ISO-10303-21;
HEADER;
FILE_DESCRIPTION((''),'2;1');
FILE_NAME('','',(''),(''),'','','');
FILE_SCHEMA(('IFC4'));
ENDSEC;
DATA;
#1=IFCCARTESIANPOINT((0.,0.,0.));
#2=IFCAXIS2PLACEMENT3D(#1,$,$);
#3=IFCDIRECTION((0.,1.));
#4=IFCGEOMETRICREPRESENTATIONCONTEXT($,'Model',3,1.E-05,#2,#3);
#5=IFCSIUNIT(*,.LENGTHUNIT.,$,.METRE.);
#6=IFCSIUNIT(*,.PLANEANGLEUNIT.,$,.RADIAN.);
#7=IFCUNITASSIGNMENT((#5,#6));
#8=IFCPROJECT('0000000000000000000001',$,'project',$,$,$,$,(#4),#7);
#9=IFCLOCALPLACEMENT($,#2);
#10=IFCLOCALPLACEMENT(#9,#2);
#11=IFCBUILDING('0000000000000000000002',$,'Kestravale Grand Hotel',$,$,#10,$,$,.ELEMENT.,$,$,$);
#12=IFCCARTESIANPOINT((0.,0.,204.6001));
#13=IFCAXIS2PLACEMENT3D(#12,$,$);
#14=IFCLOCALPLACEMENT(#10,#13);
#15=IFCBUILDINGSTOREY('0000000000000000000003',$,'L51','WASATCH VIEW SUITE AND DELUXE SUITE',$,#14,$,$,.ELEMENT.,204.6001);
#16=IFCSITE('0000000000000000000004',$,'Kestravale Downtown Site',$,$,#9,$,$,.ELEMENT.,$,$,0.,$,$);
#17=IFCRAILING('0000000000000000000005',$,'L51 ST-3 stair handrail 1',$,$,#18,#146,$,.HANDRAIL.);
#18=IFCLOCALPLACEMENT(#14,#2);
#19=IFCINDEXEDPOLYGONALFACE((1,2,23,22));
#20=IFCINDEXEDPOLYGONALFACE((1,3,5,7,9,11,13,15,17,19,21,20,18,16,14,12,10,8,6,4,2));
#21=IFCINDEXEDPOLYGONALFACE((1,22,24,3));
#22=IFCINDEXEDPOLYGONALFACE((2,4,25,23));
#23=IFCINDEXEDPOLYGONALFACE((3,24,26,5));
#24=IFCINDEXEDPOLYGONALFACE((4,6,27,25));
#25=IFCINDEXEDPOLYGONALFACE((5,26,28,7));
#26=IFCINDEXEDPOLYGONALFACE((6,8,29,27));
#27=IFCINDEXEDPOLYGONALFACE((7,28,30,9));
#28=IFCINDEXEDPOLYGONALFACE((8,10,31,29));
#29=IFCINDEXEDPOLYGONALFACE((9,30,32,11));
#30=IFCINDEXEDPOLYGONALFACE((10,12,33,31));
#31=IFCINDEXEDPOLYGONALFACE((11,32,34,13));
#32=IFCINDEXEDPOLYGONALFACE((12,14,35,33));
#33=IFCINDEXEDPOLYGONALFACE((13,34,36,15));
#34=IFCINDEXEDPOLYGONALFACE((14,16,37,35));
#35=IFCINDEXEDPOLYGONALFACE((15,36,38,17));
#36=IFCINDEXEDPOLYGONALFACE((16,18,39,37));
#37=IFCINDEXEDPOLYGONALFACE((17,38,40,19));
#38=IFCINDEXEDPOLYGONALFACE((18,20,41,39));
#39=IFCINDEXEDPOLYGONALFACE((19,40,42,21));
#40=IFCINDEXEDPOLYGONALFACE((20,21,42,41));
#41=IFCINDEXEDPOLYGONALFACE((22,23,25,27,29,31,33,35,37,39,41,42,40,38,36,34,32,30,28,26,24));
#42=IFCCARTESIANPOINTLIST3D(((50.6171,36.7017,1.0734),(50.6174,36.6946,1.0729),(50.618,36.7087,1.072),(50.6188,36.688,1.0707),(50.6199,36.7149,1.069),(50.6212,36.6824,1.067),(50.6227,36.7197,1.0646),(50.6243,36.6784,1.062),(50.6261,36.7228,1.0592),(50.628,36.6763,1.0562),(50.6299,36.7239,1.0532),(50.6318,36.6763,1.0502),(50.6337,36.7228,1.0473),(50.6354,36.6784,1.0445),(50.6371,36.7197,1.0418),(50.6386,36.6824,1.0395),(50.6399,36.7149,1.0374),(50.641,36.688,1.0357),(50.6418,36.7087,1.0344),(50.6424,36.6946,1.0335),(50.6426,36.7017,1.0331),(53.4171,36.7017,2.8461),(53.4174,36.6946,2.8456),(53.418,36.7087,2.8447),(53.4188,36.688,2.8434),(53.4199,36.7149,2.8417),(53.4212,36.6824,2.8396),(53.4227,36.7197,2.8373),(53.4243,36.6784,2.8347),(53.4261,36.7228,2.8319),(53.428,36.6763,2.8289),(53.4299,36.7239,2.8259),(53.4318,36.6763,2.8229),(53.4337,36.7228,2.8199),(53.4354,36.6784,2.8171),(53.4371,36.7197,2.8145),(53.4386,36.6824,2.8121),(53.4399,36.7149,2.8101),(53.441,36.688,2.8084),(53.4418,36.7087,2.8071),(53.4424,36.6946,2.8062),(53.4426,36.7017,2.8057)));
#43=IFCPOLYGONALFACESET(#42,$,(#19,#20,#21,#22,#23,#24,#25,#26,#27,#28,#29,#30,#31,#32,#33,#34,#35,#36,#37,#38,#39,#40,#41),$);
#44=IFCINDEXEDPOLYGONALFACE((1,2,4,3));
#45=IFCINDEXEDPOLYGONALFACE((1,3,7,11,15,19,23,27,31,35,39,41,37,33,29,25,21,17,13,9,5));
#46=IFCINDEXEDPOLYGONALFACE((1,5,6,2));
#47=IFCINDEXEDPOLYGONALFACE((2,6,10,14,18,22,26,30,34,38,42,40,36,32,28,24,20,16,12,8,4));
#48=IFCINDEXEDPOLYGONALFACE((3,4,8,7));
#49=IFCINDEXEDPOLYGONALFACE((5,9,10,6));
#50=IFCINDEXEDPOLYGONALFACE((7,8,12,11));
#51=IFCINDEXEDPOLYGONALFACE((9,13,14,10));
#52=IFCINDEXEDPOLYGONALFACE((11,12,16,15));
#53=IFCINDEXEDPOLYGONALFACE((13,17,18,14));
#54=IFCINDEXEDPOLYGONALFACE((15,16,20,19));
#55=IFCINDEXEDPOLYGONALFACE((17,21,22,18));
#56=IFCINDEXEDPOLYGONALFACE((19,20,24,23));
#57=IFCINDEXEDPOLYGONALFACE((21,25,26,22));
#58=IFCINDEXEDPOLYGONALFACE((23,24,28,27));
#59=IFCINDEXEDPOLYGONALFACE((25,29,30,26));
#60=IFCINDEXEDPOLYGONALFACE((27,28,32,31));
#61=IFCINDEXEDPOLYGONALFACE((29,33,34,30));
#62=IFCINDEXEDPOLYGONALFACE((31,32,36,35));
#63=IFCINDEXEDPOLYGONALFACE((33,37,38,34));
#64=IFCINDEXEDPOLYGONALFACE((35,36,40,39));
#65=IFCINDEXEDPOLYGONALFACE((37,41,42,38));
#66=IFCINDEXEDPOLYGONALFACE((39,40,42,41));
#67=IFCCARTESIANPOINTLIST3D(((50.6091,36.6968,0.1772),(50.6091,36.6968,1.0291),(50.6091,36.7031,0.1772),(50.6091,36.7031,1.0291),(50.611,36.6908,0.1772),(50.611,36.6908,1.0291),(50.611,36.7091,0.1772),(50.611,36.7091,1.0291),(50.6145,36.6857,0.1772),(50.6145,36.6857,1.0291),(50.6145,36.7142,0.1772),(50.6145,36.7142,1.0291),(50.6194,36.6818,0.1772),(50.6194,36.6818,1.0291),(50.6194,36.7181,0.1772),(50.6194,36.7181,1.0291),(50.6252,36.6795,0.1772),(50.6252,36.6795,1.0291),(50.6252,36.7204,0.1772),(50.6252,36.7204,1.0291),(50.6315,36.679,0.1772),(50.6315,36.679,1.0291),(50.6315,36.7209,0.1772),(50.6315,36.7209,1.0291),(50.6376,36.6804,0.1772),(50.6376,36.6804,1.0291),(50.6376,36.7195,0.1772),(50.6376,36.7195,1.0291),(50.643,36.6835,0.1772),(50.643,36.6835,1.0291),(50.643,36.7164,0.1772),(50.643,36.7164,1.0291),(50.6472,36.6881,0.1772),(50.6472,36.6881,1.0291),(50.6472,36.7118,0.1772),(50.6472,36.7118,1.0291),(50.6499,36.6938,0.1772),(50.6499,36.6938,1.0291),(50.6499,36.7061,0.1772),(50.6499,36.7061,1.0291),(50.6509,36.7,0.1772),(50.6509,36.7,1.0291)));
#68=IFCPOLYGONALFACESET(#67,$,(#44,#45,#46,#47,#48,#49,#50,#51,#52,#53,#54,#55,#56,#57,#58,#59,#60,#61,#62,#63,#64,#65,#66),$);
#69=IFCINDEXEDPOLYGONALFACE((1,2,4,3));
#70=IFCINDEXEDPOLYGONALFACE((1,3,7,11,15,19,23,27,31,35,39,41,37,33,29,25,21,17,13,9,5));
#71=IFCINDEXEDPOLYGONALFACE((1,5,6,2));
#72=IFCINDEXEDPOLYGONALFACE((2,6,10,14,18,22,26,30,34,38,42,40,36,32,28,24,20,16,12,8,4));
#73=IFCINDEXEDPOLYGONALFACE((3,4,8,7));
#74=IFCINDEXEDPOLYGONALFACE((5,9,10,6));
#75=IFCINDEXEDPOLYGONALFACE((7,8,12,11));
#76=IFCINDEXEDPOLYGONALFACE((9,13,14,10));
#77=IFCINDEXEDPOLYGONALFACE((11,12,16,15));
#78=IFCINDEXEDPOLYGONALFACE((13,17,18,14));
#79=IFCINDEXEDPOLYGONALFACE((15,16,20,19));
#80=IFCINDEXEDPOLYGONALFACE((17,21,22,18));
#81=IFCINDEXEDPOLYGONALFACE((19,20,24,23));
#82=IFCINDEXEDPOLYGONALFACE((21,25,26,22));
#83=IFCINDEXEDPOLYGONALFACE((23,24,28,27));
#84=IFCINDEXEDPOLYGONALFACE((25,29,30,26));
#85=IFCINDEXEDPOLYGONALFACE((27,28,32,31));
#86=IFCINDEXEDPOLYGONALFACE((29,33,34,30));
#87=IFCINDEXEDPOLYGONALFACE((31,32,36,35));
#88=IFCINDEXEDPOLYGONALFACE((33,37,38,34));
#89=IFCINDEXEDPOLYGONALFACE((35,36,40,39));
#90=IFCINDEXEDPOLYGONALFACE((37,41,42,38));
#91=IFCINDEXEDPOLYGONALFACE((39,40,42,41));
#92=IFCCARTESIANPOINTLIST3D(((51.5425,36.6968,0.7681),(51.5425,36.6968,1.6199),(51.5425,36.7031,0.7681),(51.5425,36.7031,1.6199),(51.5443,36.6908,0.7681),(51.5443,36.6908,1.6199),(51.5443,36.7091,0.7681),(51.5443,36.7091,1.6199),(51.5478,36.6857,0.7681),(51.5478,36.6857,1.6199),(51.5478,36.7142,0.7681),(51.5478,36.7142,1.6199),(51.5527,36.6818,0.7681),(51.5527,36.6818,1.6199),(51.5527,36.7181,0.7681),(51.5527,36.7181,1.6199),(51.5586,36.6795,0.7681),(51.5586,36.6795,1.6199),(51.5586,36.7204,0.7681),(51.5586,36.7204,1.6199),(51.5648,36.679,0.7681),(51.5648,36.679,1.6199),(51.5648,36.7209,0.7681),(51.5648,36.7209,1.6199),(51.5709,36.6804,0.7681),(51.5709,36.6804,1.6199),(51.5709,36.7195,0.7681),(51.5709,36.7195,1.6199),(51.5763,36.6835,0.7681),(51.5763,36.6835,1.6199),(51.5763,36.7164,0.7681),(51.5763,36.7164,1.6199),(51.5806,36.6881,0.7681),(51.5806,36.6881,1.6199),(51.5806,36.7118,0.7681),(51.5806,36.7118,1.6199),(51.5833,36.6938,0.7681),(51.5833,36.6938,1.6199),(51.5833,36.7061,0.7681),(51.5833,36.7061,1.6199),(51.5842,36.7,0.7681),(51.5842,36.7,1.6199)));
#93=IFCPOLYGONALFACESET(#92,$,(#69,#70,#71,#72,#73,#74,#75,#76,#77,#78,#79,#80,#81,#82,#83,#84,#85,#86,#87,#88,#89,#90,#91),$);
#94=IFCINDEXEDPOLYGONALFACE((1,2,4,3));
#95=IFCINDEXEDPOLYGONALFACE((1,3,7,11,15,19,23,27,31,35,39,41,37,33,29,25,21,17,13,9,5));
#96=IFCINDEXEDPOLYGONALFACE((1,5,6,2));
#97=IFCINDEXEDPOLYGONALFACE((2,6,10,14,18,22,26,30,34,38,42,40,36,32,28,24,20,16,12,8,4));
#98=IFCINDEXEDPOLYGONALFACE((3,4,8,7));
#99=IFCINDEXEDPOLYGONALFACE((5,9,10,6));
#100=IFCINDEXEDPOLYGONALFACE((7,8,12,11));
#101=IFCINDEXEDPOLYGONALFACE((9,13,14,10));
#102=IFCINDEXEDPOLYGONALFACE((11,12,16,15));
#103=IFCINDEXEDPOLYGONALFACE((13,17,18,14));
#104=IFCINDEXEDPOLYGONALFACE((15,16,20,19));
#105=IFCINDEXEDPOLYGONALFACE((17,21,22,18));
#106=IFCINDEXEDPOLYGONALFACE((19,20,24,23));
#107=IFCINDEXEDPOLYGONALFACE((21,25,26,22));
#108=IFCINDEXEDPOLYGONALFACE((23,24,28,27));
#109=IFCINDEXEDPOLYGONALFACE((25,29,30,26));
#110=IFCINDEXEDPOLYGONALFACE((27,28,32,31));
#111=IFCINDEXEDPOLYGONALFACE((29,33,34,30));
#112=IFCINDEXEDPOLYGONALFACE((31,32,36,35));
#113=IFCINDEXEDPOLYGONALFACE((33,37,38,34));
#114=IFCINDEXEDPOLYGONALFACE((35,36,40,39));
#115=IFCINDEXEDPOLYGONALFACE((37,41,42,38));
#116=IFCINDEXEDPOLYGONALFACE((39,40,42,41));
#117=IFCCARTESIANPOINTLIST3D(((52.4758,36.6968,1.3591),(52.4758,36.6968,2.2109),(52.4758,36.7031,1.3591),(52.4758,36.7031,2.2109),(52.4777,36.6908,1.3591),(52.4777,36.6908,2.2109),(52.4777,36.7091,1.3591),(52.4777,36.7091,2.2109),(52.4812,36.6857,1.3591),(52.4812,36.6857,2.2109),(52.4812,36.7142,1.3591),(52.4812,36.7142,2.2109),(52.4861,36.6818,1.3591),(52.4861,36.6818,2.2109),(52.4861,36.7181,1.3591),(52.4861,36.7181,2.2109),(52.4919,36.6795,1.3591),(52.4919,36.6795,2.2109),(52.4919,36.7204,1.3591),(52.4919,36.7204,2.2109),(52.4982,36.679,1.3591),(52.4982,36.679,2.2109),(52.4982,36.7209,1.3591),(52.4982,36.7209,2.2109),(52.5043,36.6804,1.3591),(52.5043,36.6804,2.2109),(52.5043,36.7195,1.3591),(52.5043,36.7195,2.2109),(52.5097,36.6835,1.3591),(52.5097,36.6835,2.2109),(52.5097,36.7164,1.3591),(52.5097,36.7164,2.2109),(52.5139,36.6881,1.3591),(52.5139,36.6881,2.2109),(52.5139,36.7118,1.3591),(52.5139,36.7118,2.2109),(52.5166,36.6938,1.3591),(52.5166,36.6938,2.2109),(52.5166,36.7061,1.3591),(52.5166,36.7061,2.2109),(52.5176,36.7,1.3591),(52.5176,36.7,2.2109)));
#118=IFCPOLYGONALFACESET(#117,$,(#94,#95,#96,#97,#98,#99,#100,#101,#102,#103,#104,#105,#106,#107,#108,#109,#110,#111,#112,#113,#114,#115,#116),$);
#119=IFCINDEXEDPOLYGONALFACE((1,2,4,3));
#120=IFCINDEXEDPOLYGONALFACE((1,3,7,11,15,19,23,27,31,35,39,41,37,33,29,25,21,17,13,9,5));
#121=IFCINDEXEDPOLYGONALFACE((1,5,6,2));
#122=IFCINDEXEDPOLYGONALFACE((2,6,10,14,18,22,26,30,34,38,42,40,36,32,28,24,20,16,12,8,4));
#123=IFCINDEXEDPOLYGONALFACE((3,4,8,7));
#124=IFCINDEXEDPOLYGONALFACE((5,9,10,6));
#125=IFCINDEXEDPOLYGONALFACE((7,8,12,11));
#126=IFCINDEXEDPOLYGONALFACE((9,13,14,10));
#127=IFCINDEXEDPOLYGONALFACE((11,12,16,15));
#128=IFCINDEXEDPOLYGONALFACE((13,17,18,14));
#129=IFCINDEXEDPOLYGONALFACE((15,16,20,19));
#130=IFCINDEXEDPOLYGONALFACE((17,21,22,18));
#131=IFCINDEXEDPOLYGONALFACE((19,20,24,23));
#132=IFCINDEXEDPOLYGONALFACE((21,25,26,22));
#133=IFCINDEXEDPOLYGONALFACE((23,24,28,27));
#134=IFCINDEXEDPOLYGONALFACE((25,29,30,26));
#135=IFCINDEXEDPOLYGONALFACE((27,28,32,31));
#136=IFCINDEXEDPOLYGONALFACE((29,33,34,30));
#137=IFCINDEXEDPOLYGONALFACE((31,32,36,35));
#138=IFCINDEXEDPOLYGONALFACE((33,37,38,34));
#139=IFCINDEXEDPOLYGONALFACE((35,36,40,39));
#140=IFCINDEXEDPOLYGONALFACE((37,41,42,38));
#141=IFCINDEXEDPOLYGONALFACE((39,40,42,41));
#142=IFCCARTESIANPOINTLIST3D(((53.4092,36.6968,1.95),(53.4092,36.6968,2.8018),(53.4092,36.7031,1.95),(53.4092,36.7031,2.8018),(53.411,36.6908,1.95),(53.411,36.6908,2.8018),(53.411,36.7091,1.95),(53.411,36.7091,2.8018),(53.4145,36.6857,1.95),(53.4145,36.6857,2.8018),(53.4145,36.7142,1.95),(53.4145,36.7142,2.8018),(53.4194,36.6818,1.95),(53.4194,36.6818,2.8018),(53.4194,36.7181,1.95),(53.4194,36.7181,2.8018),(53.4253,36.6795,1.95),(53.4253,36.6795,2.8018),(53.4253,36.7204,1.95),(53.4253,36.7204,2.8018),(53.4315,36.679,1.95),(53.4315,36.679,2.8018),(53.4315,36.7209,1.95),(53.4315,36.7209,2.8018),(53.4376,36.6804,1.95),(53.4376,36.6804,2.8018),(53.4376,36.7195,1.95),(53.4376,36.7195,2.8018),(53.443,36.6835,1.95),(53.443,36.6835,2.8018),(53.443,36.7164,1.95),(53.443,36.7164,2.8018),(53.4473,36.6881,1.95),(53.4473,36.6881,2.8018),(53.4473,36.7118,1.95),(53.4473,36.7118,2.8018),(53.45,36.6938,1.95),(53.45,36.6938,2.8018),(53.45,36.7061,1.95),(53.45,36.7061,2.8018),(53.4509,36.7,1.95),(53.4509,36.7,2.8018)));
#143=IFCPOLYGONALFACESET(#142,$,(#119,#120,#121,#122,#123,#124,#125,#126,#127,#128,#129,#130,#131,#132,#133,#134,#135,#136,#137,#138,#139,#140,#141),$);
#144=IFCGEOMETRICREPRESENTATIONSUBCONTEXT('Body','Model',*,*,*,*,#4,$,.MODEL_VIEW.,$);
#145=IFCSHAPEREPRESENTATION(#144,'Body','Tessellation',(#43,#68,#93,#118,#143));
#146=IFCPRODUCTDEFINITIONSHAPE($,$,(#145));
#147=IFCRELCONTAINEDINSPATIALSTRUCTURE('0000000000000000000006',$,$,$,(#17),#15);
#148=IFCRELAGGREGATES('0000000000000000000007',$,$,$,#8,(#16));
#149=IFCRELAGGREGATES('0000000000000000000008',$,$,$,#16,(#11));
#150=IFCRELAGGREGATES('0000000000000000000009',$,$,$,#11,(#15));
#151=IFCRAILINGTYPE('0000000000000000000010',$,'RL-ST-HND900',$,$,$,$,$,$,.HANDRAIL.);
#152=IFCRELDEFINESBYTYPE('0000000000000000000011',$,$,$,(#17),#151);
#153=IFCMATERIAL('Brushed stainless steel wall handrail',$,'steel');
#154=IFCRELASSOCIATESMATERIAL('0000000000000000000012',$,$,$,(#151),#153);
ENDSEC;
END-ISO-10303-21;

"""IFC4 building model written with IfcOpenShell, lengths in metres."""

from ifc_helpers import new_model, si_unit, direction, frame, origin, origin_2d, place, context, subcontext, project, spatial, circle, extrude, material, type_object, element, save


model = new_model("IFC4")

# Units and contexts
model_context = context("Model", 3, precision=1e-05, world=origin(), true_north=direction((0.0, 1.0)))
body_context = subcontext(model_context, "Body", "Model", "MODEL_VIEW")
ifc_project = project(units=[si_unit("LENGTHUNIT", "METRE"), si_unit("PLANEANGLEUNIT", "RADIAN")], contexts=[model_context])

# Site, building, storey
site_placement = place(None, origin())
site = spatial("IfcSite", under=ifc_project, at=site_placement, Name="Kestravale Downtown Site", CompositionType="ELEMENT", RefElevation=0.0)
building_placement = place(site_placement, origin())
building = spatial("IfcBuilding", under=site, at=building_placement, Name="Kestravale Grand Hotel", CompositionType="ELEMENT")
storey_placement = place(building_placement, frame((0.0, 0.0, 204.6001)))
storey = spatial("IfcBuildingStorey", under=building, at=storey_placement, Name="L51", Description="WASATCH VIEW SUITE AND DELUXE SUITE", CompositionType="ELEMENT", Elevation=204.6001)

# Railing
ifc_material_1 = material(Name="Brushed stainless steel wall handrail", Category="steel")
railing_type_1 = type_object("IfcRailingType", Name="RL-ST-HND900", PredefinedType="HANDRAIL", material=ifc_material_1)
railing_1_placement = place(storey_placement, frame((50.6299, 36.7, 0.1772)))
element("IfcRailing", 1, at=railing_1_placement, inside=storey, type_object=railing_type_1, Name="L51 ST-3 stair handrail 1", PredefinedType="HANDRAIL", context=body_context, shape_type="SweptSolid", body=[
    extrude(circle(Radius=0.0239, at=origin_2d()), frame((0.0, 0.0, 0.876), z_axis=(0.844909, 0.0, 0.53491), x_axis=(0.0, 1.0, 0.0)), (0.0, 0.0, 1.0), 3.314),
    extrude(circle(Radius=0.021, at=origin_2d()), origin(), (0.0, 0.0, 1.0), 0.8518),
    extrude(circle(Radius=0.021, at=origin_2d()), frame((0.9333, 0.0, 0.5908)), (0.0, 0.0, 1.0), 0.8518),
    extrude(circle(Radius=0.021, at=origin_2d()), frame((1.8667, 0.0, 1.1819)), (0.0, 0.0, 1.0), 0.8518),
    extrude(circle(Radius=0.021, at=origin_2d()), frame((2.8, 0.0, 1.7727)), (0.0, 0.0, 1.0), 0.8518),
])

save(model, "model.ifc")
